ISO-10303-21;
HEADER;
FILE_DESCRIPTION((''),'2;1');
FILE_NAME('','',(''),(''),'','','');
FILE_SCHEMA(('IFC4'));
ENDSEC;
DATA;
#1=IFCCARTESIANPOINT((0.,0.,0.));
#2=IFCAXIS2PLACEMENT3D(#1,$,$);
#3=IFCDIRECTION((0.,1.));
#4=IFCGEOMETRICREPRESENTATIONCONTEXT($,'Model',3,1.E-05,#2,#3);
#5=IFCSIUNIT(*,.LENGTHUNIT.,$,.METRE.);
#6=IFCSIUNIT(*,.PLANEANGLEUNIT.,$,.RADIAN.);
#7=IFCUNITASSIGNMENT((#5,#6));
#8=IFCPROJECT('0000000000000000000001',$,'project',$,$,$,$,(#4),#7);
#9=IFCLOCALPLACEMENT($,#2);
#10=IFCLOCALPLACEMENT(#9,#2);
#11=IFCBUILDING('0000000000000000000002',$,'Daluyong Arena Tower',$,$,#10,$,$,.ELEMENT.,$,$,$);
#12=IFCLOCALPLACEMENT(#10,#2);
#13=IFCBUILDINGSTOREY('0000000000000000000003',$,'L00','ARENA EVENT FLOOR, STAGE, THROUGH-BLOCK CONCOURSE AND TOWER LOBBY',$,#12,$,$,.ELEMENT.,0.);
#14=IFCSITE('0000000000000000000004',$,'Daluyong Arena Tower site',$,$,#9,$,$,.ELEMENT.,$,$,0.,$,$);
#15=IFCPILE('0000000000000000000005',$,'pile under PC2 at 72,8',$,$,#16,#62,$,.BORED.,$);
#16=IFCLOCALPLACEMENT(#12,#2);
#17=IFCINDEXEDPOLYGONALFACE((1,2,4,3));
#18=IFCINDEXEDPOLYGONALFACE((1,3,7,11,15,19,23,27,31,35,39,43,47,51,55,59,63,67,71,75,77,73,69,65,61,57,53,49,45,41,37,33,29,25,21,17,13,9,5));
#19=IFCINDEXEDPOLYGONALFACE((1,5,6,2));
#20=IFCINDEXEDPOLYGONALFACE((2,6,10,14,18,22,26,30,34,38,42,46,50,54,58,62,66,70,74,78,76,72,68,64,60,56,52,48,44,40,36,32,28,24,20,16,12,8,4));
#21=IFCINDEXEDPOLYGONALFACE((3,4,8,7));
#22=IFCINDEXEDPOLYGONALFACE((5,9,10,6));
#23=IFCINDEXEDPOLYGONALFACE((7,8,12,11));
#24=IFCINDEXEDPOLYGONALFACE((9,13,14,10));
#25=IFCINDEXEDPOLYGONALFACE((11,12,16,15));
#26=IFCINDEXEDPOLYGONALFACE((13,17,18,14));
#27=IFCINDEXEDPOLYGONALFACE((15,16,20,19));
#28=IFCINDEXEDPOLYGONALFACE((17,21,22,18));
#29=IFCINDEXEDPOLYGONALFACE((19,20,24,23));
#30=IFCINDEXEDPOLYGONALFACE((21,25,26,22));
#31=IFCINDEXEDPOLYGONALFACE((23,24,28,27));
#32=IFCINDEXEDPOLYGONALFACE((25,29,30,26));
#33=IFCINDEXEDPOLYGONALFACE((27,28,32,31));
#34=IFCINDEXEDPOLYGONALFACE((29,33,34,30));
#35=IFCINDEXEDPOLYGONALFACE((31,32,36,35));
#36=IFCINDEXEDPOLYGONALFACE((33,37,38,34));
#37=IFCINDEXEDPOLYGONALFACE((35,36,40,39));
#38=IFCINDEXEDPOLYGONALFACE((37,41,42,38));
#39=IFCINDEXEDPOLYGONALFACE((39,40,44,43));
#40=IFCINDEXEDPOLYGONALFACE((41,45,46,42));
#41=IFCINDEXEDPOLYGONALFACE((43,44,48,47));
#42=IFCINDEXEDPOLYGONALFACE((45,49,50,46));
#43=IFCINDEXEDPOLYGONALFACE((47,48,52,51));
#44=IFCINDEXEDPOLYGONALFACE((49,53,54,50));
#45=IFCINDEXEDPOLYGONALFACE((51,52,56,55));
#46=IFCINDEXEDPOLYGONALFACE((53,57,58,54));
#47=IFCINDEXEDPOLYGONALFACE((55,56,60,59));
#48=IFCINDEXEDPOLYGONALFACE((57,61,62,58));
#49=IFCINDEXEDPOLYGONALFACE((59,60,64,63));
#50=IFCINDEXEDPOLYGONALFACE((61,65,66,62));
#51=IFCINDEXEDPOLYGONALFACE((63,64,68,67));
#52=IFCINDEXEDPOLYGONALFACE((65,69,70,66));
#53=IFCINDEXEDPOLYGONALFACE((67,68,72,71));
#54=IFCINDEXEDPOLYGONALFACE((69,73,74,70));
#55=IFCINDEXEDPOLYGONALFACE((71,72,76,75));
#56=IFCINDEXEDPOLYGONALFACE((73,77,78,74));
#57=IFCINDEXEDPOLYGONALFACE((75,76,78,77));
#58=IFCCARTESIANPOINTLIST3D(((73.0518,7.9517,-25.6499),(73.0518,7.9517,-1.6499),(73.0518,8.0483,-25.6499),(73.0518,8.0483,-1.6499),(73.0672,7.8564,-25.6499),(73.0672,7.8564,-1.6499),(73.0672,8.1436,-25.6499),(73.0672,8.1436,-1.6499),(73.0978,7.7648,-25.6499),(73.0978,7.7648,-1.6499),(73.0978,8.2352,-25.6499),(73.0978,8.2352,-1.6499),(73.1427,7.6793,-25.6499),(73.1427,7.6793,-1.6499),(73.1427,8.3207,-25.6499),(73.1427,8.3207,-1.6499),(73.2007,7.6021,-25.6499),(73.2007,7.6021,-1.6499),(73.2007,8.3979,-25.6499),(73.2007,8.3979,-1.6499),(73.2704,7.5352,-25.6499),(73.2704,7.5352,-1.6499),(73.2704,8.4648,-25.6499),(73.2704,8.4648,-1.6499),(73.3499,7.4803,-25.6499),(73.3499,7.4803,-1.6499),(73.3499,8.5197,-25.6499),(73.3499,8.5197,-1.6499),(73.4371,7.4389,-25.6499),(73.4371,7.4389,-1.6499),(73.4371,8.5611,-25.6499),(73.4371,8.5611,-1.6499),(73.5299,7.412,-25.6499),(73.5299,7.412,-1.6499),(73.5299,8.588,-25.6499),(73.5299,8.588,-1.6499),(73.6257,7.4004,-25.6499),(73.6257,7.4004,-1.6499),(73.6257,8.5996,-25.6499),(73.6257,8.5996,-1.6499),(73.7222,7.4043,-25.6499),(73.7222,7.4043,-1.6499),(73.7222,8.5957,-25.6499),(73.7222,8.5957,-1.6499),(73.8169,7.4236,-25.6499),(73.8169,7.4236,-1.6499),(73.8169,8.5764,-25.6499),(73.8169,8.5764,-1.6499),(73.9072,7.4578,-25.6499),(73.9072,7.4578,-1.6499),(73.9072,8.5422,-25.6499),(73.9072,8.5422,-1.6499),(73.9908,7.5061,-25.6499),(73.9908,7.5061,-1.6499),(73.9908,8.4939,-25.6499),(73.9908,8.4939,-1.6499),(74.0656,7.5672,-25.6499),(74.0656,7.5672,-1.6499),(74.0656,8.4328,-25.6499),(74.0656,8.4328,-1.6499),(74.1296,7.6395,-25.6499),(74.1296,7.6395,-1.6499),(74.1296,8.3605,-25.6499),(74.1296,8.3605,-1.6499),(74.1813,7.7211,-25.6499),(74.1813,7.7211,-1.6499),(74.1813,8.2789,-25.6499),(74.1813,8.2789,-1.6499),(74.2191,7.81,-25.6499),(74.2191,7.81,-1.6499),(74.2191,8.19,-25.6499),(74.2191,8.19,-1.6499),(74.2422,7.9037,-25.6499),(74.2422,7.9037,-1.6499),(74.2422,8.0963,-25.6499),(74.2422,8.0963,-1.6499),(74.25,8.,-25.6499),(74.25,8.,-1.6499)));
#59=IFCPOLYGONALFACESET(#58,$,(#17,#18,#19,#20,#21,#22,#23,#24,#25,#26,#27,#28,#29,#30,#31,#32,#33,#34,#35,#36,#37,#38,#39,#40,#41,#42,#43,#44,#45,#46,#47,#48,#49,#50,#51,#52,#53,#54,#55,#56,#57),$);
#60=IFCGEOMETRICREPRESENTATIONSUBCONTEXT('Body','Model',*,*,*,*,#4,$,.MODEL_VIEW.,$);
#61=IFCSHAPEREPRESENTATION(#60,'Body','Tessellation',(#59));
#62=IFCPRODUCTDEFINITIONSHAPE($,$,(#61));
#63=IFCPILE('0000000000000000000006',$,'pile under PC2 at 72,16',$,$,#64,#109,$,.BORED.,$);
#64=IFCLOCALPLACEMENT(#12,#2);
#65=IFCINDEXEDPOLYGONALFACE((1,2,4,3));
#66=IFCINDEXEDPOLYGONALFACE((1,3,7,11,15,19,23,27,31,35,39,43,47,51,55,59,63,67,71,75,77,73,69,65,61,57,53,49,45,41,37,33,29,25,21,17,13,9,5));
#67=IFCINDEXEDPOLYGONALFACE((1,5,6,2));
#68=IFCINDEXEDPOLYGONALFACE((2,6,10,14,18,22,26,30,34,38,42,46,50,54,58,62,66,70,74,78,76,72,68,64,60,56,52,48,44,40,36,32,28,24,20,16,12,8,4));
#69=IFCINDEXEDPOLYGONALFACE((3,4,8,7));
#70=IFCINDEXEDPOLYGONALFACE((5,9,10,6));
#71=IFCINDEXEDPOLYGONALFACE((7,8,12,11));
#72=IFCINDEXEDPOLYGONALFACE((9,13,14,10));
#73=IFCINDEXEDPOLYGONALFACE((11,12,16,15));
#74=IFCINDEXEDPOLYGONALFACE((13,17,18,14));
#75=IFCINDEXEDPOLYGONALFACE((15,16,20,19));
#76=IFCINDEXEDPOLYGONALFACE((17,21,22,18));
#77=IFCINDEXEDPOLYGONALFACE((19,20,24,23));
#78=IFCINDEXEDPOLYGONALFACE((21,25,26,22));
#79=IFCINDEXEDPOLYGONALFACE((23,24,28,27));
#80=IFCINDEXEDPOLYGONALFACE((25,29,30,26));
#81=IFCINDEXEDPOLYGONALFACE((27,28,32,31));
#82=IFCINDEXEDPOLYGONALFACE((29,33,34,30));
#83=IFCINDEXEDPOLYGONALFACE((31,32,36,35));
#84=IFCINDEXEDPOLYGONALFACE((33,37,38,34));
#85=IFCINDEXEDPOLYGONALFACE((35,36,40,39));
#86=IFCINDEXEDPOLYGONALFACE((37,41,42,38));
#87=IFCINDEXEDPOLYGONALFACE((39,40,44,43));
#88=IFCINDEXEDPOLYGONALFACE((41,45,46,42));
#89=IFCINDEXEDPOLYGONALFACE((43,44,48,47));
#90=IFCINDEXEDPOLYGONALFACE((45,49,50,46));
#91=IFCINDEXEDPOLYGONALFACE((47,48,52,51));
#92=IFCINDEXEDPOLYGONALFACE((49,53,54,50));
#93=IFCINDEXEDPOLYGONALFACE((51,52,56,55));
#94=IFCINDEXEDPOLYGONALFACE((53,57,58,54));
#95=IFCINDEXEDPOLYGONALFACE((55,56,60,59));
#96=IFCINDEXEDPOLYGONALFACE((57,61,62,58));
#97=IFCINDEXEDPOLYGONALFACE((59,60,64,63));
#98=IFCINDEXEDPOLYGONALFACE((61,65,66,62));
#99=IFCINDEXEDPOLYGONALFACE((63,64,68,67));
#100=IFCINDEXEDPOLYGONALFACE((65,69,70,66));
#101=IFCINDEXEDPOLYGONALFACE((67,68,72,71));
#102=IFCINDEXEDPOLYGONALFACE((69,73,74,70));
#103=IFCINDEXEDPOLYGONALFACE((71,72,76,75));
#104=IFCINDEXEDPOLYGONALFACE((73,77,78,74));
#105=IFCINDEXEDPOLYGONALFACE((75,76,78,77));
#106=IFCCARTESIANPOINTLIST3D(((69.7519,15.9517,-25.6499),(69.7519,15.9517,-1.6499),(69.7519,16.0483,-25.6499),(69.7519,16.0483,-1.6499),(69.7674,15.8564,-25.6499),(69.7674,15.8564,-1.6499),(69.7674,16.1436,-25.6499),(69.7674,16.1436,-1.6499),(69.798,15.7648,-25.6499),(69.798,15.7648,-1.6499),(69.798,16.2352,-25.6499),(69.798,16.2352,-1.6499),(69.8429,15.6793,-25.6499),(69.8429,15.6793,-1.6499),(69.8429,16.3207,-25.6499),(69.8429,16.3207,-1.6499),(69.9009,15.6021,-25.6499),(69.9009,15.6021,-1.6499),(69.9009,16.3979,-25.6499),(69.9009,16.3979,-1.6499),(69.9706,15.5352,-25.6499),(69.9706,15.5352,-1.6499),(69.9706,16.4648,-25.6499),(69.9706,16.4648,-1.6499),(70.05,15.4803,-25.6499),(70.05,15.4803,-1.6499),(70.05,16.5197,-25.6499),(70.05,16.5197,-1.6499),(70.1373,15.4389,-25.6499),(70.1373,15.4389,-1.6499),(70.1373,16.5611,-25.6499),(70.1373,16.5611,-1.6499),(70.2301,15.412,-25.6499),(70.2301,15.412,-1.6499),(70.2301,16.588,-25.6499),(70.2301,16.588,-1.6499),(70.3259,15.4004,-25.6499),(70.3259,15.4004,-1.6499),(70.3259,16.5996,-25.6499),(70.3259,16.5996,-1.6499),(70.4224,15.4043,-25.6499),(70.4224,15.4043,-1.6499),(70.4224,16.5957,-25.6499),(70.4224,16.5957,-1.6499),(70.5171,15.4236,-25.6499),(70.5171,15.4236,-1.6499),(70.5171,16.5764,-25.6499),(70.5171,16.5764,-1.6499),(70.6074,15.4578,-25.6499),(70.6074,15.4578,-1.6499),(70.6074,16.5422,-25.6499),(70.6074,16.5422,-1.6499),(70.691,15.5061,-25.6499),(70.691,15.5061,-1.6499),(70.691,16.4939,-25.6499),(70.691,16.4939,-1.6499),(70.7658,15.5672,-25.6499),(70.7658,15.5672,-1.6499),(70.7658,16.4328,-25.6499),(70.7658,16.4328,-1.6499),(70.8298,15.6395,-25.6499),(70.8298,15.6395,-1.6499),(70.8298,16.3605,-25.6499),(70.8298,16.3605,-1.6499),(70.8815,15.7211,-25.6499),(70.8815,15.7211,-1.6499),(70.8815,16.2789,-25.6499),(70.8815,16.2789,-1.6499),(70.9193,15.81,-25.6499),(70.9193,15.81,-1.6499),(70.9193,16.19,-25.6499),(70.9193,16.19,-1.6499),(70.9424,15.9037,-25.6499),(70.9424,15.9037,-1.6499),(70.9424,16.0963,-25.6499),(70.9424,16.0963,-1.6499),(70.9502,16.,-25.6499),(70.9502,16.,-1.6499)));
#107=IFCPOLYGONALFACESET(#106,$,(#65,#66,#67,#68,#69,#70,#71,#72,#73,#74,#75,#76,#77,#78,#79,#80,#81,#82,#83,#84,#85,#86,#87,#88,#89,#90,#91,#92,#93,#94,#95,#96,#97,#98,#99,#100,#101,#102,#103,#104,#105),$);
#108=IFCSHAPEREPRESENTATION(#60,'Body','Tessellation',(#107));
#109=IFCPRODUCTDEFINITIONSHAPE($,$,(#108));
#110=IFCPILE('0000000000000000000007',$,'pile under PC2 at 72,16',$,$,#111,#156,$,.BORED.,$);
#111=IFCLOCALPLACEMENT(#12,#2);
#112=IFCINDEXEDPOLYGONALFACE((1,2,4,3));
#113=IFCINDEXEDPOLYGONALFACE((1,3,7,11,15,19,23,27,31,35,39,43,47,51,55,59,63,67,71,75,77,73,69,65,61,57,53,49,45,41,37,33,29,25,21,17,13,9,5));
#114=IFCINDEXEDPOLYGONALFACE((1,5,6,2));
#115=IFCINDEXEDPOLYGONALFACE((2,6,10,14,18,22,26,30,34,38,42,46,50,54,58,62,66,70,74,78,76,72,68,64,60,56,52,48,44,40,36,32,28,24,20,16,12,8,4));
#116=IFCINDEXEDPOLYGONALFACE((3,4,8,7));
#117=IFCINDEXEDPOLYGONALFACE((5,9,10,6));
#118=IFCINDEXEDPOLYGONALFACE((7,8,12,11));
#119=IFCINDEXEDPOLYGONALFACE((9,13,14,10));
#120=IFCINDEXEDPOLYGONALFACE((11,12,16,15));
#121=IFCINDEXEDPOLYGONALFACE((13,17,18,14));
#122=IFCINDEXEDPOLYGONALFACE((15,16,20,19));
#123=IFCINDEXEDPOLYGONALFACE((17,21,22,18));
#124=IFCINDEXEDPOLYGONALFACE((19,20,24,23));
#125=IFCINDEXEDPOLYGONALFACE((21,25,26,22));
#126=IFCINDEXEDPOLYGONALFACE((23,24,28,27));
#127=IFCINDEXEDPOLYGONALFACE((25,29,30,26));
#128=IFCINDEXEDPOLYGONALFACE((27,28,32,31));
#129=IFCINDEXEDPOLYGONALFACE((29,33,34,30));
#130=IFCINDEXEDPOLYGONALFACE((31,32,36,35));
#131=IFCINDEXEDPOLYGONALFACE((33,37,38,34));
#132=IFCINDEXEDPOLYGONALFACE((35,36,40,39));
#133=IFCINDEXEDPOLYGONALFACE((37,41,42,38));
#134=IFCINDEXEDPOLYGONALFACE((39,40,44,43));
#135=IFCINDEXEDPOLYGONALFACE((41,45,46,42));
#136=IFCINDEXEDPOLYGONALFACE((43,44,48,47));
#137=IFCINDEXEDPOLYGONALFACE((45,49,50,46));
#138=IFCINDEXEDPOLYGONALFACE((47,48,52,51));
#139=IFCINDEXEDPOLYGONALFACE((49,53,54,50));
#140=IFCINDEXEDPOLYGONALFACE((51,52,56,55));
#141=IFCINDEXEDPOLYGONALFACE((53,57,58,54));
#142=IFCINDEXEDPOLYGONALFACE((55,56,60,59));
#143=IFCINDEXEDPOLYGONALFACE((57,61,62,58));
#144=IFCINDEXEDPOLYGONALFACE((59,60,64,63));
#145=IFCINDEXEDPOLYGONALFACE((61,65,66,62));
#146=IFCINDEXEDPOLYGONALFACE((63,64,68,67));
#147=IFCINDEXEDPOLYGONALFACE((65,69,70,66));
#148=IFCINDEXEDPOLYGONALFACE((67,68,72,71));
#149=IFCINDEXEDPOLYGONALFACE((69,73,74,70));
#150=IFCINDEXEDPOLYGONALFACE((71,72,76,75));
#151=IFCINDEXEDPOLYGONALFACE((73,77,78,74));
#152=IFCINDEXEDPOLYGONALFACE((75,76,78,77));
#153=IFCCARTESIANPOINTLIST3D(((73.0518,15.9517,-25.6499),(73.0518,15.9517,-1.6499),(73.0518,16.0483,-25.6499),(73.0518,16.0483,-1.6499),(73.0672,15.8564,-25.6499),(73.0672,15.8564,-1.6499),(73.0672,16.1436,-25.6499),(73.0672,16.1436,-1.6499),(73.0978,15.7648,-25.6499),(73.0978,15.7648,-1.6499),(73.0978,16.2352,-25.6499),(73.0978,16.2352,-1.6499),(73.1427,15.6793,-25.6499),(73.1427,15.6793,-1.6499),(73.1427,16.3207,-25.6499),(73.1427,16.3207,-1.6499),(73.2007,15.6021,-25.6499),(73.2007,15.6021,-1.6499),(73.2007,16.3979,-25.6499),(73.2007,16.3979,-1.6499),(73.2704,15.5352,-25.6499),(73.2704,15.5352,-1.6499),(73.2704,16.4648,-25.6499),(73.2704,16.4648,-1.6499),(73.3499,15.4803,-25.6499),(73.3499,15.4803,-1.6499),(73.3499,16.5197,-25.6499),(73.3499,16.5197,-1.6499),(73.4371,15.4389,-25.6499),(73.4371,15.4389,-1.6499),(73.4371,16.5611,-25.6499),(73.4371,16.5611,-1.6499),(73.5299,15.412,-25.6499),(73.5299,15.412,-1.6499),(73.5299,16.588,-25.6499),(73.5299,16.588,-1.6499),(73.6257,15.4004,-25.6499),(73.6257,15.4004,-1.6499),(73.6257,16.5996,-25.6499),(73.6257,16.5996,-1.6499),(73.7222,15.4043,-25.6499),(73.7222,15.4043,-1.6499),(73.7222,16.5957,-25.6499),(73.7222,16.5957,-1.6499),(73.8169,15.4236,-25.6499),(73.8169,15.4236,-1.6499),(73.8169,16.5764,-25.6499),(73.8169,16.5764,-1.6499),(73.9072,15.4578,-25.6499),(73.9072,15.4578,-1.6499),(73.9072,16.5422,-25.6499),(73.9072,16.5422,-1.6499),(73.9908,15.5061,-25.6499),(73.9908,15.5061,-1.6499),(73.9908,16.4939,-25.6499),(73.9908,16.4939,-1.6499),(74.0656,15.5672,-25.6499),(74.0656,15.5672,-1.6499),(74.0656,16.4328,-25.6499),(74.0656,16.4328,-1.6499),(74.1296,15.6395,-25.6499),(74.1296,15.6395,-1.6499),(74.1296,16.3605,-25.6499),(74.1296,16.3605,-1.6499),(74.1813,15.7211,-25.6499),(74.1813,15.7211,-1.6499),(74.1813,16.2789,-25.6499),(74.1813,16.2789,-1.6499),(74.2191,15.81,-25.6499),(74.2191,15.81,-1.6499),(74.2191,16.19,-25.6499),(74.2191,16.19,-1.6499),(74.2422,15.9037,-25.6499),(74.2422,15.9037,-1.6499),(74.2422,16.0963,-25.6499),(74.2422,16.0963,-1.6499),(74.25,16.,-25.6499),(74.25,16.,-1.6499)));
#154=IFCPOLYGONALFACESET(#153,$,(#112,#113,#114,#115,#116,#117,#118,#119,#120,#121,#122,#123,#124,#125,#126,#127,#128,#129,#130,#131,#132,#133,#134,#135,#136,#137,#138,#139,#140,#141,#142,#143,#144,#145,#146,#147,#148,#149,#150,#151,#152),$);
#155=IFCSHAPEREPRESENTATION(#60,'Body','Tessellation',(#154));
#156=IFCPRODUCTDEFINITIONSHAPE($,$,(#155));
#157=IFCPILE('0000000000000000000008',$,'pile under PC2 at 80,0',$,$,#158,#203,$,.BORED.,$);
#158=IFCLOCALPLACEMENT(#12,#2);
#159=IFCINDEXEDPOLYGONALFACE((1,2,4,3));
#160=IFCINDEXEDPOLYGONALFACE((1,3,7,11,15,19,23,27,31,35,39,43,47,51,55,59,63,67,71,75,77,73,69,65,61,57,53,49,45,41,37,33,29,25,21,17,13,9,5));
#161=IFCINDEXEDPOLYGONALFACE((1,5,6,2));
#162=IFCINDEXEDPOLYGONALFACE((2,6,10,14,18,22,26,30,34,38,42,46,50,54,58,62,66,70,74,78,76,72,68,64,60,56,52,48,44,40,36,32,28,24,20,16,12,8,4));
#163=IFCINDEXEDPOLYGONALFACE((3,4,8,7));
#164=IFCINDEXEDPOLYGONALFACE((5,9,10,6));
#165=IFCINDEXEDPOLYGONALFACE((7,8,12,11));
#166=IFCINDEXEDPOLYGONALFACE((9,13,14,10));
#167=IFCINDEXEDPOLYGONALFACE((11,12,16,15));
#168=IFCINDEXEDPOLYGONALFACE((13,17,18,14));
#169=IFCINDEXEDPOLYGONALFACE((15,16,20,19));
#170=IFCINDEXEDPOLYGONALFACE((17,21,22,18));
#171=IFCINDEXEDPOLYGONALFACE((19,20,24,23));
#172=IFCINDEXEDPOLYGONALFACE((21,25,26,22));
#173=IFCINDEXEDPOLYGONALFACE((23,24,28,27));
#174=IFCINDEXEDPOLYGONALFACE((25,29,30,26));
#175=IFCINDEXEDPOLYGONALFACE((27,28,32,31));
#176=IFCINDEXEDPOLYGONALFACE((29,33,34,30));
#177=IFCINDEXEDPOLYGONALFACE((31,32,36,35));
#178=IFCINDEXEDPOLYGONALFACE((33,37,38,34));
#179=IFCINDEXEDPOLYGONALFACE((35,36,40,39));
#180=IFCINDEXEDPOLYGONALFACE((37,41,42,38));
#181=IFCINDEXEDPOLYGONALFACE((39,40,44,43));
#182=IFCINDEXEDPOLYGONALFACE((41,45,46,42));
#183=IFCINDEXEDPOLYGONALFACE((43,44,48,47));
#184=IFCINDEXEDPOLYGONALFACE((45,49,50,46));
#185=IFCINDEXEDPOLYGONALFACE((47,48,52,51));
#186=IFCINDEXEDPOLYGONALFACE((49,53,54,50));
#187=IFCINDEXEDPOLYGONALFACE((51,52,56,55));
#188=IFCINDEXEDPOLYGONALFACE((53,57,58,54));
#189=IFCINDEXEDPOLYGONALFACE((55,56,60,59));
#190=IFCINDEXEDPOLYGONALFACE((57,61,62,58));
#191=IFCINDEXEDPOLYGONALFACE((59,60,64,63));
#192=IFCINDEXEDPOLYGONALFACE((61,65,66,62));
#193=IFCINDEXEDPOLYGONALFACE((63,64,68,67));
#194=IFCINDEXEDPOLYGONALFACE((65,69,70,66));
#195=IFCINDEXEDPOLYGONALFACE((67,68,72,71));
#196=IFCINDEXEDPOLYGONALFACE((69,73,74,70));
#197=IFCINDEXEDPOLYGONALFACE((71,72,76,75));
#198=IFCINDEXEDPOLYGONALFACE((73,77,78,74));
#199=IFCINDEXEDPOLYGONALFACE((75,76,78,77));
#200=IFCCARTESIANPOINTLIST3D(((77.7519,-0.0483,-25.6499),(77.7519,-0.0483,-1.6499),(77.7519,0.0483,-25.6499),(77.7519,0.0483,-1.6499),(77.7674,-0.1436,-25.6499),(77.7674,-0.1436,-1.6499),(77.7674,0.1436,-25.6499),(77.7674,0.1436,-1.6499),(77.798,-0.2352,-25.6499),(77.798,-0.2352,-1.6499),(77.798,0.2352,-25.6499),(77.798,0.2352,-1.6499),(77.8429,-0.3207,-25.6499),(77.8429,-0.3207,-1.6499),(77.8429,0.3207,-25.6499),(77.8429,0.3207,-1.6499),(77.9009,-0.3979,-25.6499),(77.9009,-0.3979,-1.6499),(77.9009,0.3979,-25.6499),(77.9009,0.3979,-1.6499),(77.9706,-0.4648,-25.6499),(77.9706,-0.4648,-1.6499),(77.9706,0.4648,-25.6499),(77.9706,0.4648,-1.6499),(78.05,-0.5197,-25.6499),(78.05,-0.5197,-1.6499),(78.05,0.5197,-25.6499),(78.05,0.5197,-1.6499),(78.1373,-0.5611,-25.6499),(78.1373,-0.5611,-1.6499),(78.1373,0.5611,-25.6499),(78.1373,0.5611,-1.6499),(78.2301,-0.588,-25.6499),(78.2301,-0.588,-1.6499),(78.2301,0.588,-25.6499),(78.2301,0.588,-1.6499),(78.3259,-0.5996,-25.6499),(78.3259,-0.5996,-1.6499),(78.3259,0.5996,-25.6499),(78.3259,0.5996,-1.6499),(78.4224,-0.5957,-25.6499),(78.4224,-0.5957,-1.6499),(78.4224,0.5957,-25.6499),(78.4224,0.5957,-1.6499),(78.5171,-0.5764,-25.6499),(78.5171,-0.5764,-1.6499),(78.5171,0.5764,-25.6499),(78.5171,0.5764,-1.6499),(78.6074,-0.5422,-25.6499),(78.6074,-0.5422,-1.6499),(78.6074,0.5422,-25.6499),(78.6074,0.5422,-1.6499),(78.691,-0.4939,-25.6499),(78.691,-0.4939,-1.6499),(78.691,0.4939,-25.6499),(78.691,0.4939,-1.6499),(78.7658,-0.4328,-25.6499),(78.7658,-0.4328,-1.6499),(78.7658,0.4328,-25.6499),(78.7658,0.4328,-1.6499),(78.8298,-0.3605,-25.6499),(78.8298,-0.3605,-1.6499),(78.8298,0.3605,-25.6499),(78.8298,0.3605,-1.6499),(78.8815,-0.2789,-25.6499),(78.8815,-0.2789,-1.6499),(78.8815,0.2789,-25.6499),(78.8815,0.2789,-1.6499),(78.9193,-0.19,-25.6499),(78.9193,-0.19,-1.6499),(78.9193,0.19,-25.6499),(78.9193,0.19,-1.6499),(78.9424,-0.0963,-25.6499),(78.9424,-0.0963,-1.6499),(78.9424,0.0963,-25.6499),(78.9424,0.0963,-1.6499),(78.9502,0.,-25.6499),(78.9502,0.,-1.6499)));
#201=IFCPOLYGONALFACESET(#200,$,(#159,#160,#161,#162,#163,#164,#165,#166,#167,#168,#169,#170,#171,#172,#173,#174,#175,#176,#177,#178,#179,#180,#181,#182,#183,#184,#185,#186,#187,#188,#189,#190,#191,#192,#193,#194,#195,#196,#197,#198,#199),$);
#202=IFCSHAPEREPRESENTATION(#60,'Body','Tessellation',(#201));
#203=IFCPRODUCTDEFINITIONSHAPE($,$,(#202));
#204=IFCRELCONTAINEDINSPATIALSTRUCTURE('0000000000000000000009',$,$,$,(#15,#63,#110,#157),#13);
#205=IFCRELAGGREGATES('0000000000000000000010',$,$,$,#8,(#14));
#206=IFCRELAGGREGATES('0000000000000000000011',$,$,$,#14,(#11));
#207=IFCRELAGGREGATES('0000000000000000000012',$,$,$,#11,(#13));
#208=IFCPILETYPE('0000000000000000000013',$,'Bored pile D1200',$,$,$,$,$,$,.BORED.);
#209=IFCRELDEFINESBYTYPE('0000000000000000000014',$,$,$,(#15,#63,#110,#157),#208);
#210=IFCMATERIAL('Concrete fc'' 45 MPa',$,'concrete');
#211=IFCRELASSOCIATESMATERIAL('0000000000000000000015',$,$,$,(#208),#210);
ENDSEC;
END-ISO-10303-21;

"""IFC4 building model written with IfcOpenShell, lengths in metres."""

from ifc_helpers import new_model, si_unit, direction, frame, origin, origin_2d, place, context, subcontext, project, spatial, circle, extrude, material, type_object, element, save


model = new_model("IFC4")

# Units and contexts
model_context = context("Model", 3, precision=1e-05, world=origin(), true_north=direction((0.0, 1.0)))
body_context = subcontext(model_context, "Body", "Model", "MODEL_VIEW")
ifc_project = project(units=[si_unit("LENGTHUNIT", "METRE"), si_unit("PLANEANGLEUNIT", "RADIAN")], contexts=[model_context])

# Site, building, storey
site_placement = place(None, origin())
site = spatial("IfcSite", under=ifc_project, at=site_placement, Name="Daluyong Arena Tower site", CompositionType="ELEMENT", RefElevation=0.0)
building_placement = place(site_placement, origin())
building = spatial("IfcBuilding", under=site, at=building_placement, Name="Daluyong Arena Tower", CompositionType="ELEMENT")
storey_placement = place(building_placement, origin())
storey = spatial("IfcBuildingStorey", under=building, at=storey_placement, Name="L00", Description="ARENA EVENT FLOOR, STAGE, THROUGH-BLOCK CONCOURSE AND TOWER LOBBY", CompositionType="ELEMENT", Elevation=0.0)

# Piles
ifc_material_1 = material(Name="Concrete fc' 45 MPa", Category="concrete")
pile_type = type_object("IfcPileType", Name="Bored pile D1200", PredefinedType="BORED", material=ifc_material_1)
for number, where, z_axis, x_axis, name in (
    (1, (73.6499, 8.0, -1.6499), (0.0, 0.0, -1.0), (1.0, 0.0, 0.0), "pile under PC2 at 72,8"),
    (2, (70.3501, 16.0, -1.6499), (0.0, 0.0, -1.0), (1.0, 0.0, 0.0), "pile under PC2 at 72,16"),
    (3, (73.6499, 16.0, -1.6499), (0.0, 0.0, -1.0), (1.0, 0.0, 0.0), "pile under PC2 at 72,16"),
    (4, (78.3501, 0.0, -1.6499), (0.0, 0.0, -1.0), (1.0, 0.0, 0.0), "pile under PC2 at 80,0"),
):
    element("IfcPile", number, at=place(storey_placement, frame(where, z_axis=z_axis, x_axis=x_axis)), inside=storey, type_object=pile_type, Name=name, PredefinedType="BORED", context=body_context, shape_type="SweptSolid", body=[
        extrude(circle(Radius=0.6001, at=origin_2d()), origin(), (0.0, 0.0, 1.0), 24.0),
    ])

save(model, "model.ifc")
